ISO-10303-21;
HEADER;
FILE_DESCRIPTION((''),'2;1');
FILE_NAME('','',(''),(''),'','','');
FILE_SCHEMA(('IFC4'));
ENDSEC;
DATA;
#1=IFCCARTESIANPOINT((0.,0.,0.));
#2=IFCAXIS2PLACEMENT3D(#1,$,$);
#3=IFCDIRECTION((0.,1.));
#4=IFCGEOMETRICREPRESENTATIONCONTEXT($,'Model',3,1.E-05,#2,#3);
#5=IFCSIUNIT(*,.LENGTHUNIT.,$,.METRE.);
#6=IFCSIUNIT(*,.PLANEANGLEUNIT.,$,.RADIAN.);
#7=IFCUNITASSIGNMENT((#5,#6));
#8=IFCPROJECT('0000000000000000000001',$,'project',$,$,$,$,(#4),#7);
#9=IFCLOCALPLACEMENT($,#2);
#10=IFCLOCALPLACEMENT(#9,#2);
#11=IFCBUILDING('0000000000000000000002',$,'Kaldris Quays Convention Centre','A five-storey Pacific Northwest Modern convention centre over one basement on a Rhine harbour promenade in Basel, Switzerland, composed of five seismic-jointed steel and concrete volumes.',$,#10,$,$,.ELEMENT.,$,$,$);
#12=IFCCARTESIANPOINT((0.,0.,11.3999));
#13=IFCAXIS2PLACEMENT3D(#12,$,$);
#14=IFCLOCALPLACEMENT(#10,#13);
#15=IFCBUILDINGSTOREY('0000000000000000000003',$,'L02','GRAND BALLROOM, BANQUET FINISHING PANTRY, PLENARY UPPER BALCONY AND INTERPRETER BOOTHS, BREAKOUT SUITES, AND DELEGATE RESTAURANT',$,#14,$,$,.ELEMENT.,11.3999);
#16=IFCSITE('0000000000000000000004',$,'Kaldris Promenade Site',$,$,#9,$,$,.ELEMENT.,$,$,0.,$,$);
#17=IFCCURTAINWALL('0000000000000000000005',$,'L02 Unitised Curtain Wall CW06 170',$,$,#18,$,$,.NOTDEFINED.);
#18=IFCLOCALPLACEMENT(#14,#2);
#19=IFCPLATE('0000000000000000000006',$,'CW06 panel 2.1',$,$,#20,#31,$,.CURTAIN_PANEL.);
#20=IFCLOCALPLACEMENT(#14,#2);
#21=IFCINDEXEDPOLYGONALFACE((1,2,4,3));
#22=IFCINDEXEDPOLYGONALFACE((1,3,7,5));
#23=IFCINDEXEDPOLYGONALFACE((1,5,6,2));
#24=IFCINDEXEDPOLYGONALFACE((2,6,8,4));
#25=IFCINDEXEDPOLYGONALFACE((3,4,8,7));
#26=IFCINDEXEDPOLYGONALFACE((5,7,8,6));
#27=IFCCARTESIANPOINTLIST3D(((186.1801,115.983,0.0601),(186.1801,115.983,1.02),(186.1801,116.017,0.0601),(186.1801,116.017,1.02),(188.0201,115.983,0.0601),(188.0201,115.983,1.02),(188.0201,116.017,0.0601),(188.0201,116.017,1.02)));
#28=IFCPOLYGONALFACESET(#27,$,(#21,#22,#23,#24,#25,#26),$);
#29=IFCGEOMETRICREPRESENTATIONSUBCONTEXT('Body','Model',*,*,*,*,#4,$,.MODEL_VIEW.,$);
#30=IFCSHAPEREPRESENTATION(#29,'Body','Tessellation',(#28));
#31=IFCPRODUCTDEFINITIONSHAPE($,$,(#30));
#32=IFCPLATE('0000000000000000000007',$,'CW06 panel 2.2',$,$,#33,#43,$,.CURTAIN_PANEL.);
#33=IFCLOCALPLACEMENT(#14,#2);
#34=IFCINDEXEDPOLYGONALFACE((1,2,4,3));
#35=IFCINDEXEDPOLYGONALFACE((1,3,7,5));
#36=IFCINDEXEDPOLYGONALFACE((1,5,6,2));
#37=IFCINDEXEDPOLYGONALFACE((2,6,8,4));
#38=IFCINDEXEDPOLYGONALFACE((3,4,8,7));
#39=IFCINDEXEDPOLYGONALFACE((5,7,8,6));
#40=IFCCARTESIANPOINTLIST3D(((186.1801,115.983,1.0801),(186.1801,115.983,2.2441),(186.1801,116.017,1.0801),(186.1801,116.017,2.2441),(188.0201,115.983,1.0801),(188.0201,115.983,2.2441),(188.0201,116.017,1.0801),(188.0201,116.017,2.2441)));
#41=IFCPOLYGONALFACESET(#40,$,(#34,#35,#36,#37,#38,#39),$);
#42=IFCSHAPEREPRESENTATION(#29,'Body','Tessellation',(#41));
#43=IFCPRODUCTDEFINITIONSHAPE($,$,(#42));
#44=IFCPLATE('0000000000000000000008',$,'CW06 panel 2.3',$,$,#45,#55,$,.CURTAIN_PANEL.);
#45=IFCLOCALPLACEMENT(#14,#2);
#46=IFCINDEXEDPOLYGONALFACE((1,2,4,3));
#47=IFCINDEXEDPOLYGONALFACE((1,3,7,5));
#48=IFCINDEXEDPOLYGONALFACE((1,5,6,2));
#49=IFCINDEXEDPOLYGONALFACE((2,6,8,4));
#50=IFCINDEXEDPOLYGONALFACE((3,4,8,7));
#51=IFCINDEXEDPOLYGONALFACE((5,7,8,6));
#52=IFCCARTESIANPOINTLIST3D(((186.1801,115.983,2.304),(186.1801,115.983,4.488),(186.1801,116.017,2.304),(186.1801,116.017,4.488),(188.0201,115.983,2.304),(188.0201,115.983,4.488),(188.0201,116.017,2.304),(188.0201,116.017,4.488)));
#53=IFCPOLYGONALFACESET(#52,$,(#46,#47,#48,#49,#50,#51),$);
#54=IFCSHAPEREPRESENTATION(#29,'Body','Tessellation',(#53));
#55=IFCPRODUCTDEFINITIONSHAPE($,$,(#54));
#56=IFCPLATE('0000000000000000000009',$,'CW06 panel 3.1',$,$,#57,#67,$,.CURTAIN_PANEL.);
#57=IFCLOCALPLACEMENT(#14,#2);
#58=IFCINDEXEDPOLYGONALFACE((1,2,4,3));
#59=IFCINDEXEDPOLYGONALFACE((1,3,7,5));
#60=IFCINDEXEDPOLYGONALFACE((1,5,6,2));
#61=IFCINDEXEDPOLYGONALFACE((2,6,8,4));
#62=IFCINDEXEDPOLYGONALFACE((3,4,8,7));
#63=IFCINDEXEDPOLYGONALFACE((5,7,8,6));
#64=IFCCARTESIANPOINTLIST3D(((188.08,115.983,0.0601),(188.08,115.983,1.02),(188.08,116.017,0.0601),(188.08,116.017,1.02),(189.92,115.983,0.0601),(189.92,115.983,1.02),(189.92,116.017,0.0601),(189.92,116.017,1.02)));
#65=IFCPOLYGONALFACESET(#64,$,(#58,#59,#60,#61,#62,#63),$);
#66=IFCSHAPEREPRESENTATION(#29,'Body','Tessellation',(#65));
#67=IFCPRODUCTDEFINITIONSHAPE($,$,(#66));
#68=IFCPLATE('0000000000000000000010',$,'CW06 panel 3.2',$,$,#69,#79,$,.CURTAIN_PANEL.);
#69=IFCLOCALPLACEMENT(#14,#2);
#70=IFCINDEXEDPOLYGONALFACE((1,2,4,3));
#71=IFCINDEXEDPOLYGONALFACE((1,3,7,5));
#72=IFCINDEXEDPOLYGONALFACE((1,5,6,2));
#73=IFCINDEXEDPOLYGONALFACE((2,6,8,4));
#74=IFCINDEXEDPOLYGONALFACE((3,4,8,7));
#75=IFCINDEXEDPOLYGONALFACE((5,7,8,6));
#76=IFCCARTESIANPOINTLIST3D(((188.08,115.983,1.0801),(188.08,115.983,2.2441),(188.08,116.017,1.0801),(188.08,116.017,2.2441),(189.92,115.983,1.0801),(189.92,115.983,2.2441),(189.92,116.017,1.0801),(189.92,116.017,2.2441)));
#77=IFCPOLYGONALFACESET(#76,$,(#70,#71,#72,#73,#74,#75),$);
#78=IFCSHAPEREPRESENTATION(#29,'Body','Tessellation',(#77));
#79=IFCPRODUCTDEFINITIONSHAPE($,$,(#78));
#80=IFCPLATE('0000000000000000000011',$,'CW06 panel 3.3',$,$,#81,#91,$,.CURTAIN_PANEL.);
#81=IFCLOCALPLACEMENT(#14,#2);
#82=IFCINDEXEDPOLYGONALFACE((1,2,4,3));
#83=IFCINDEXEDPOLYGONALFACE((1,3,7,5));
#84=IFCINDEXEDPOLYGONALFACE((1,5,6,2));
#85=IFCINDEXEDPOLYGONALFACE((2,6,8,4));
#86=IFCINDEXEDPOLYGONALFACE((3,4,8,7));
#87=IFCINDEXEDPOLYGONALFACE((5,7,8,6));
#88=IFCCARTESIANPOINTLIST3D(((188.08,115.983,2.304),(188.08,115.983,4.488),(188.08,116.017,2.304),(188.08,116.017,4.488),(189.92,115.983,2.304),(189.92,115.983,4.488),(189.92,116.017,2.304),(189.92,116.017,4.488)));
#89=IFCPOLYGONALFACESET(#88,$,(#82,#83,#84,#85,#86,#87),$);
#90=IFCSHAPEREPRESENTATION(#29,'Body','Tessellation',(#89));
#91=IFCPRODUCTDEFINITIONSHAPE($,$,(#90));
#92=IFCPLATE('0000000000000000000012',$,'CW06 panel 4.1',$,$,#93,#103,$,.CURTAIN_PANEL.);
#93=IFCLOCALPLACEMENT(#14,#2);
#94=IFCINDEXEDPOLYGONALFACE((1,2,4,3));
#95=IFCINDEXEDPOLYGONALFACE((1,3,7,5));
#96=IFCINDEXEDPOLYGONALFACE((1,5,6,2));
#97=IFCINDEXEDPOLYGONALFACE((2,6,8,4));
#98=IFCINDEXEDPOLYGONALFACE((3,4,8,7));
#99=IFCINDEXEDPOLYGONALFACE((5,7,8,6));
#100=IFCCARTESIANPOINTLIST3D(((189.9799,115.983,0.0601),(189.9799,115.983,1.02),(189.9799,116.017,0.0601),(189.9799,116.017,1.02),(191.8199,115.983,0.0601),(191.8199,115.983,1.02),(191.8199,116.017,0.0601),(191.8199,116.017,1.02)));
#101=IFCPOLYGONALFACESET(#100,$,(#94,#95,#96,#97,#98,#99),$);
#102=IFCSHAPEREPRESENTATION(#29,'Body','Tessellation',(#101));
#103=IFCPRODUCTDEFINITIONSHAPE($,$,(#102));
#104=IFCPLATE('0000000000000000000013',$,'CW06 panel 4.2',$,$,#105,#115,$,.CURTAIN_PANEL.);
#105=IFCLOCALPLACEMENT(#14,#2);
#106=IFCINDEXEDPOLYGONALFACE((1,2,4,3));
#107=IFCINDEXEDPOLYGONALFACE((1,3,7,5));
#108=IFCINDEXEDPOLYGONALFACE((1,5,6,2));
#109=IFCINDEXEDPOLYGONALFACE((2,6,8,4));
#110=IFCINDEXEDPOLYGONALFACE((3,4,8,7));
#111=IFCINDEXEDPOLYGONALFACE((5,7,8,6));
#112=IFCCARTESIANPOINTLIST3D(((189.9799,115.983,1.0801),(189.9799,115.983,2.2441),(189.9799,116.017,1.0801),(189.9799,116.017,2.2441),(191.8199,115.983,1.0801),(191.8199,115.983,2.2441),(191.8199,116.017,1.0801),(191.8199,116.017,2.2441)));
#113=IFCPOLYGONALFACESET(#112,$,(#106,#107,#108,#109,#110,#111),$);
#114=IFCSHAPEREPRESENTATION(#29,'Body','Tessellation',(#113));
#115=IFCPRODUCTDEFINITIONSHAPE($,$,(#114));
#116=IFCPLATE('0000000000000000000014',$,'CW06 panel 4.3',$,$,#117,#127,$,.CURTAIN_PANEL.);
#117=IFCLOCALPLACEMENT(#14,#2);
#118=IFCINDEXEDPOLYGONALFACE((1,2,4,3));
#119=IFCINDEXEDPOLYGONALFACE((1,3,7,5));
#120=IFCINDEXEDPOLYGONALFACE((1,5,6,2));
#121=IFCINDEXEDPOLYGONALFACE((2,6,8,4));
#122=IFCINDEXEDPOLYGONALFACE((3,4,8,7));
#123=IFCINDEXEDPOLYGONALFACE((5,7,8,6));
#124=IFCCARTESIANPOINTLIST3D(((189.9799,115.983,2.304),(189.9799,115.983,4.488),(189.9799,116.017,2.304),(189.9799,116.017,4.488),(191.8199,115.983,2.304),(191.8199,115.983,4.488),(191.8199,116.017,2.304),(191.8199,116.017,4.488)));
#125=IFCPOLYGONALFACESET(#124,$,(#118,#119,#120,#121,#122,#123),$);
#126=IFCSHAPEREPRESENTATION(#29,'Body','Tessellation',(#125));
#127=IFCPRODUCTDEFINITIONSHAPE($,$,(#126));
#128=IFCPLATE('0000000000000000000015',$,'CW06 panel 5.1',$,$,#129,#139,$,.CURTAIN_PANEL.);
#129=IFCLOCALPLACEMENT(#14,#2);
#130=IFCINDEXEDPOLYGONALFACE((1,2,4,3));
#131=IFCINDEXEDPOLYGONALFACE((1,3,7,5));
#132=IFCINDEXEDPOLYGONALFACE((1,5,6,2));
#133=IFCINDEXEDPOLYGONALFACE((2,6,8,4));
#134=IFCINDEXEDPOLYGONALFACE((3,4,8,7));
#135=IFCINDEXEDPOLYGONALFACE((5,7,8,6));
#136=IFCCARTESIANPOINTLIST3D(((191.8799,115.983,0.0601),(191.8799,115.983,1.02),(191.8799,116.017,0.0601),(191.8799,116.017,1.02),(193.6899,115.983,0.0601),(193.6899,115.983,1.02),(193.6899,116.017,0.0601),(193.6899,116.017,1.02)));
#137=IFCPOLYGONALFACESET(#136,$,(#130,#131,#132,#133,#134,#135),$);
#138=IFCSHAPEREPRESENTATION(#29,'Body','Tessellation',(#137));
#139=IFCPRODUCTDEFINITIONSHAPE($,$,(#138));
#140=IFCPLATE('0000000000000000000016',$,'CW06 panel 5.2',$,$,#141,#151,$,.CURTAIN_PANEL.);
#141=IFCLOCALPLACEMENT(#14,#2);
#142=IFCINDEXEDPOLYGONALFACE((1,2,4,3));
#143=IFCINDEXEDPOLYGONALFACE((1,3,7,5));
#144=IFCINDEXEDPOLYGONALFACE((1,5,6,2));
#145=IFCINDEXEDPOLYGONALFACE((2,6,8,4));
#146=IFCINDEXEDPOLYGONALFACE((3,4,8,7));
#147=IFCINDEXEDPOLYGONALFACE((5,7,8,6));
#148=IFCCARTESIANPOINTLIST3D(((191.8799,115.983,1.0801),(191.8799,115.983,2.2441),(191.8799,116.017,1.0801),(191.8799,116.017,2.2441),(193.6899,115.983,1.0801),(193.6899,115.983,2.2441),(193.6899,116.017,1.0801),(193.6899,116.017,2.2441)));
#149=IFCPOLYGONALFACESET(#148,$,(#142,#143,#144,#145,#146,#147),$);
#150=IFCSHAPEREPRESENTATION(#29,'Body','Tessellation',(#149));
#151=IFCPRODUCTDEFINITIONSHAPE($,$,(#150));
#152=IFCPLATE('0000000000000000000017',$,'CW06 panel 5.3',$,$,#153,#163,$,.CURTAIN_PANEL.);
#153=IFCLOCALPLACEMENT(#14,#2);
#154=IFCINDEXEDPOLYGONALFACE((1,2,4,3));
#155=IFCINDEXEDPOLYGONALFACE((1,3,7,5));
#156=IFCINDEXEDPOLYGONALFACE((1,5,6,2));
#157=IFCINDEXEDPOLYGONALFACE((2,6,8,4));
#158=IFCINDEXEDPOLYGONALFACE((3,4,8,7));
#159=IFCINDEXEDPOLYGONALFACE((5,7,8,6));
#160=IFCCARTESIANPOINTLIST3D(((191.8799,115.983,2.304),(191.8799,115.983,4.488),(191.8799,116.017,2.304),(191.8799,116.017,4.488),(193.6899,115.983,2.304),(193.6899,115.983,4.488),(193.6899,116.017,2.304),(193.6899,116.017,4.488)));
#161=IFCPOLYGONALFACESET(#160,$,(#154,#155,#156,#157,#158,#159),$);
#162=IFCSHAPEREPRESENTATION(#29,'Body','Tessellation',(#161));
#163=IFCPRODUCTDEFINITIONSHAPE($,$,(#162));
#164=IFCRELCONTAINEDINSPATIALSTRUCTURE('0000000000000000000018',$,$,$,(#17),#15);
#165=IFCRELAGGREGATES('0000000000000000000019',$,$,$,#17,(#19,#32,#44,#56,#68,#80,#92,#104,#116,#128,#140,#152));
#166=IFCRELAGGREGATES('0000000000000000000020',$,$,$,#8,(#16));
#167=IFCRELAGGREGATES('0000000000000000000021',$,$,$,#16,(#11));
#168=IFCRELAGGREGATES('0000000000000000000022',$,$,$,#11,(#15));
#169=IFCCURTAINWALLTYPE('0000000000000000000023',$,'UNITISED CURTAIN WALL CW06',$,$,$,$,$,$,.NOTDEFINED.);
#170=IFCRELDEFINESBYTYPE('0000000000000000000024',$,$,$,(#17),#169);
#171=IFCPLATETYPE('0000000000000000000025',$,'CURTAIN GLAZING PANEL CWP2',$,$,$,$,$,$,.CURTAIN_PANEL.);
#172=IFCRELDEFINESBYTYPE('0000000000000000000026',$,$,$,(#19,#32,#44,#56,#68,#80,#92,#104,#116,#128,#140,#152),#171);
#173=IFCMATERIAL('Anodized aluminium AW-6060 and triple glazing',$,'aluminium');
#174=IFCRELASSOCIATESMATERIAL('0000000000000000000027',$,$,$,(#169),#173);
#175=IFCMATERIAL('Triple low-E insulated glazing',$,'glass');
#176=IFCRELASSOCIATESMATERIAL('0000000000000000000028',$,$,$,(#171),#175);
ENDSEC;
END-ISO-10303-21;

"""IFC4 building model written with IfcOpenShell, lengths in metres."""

from ifc_helpers import new_model, si_unit, direction, frame, origin, origin_2d, place, context, subcontext, project, spatial, rectangle, extrude, material, type_object, element, aggregate, save


model = new_model("IFC4")

# Units and contexts
model_context = context("Model", 3, precision=1e-05, world=origin(), true_north=direction((0.0, 1.0)))
body_context = subcontext(model_context, "Body", "Model", "MODEL_VIEW")
ifc_project = project(units=[si_unit("LENGTHUNIT", "METRE"), si_unit("PLANEANGLEUNIT", "RADIAN")], contexts=[model_context])

# Site, building, storey
site_placement = place(None, origin())
site = spatial("IfcSite", under=ifc_project, at=site_placement, Name="Kaldris Promenade Site", CompositionType="ELEMENT", RefElevation=0.0)
building_placement = place(site_placement, origin())
building = spatial("IfcBuilding", under=site, at=building_placement, Name="Kaldris Quays Convention Centre", Description="A five-storey Pacific Northwest Modern convention centre over one basement on a Rhine harbour promenade in Basel, Switzerland, composed of five seismic-jointed steel and concrete volumes.", CompositionType="ELEMENT")
storey_placement = place(building_placement, frame((0.0, 0.0, 11.3999)))
storey = spatial("IfcBuildingStorey", under=building, at=storey_placement, Name="L02", Description="GRAND BALLROOM, BANQUET FINISHING PANTRY, PLENARY UPPER BALCONY AND INTERPRETER BOOTHS, BREAKOUT SUITES, AND DELEGATE RESTAURANT", CompositionType="ELEMENT", Elevation=11.3999)

# Curtain wall, plates
ifc_material_1 = material(Name="Anodized aluminium AW-6060 and triple glazing", Category="aluminium")
curtain_wall_type = type_object("IfcCurtainWallType", Name="UNITISED CURTAIN WALL CW06", PredefinedType="NOTDEFINED", material=ifc_material_1)
curtain_wall_placement = place(storey_placement, origin())
curtain_wall = element("IfcCurtainWall", 1, at=curtain_wall_placement, inside=storey, type_object=curtain_wall_type, Name="L02 Unitised Curtain Wall CW06 170", PredefinedType="NOTDEFINED")
ifc_material_2 = material(Name="Triple low-E insulated glazing", Category="glass")
plate_type = type_object("IfcPlateType", Name="CURTAIN GLAZING PANEL CWP2", PredefinedType="CURTAIN_PANEL", material=ifc_material_2)
plate_1_placement = place(storey_placement, frame((187.1001, 116.0, 0.0601), z_axis=(0.0, 0.0, 1.0), x_axis=(1.0, 0.0, 0.0)))
plate_1 = element("IfcPlate", 2, at=plate_1_placement, type_object=plate_type, Name="CW06 panel 2.1", PredefinedType="CURTAIN_PANEL", context=body_context, shape_type="SweptSolid", body=[
    extrude(rectangle(XDim=1.8401, YDim=0.0339, at=origin_2d()), origin(), (0.0, 0.0, 1.0), 0.96),
])
plate_2_placement = place(storey_placement, frame((187.1001, 116.0, 1.0801), z_axis=(0.0, 0.0, 1.0), x_axis=(1.0, 0.0, 0.0)))
plate_2 = element("IfcPlate", 3, at=plate_2_placement, type_object=plate_type, Name="CW06 panel 2.2", PredefinedType="CURTAIN_PANEL", context=body_context, shape_type="SweptSolid", body=[
    extrude(rectangle(XDim=1.8401, YDim=0.0339, at=origin_2d()), origin(), (0.0, 0.0, 1.0), 1.1641),
])
plate_3_placement = place(storey_placement, frame((187.1001, 116.0, 2.304), z_axis=(0.0, 0.0, 1.0), x_axis=(1.0, 0.0, 0.0)))
plate_3 = element("IfcPlate", 4, at=plate_3_placement, type_object=plate_type, Name="CW06 panel 2.3", PredefinedType="CURTAIN_PANEL", context=body_context, shape_type="SweptSolid", body=[
    extrude(rectangle(XDim=1.8401, YDim=0.0339, at=origin_2d()), origin(), (0.0, 0.0, 1.0), 2.1841),
])
plate_4_placement = place(storey_placement, frame((189.0, 116.0, 0.0601), z_axis=(0.0, 0.0, 1.0), x_axis=(1.0, 0.0, 0.0)))
plate_4 = element("IfcPlate", 5, at=plate_4_placement, type_object=plate_type, Name="CW06 panel 3.1", PredefinedType="CURTAIN_PANEL", context=body_context, shape_type="SweptSolid", body=[
    extrude(rectangle(XDim=1.8401, YDim=0.0339, at=origin_2d()), origin(), (0.0, 0.0, 1.0), 0.96),
])
plate_5_placement = place(storey_placement, frame((189.0, 116.0, 1.0801), z_axis=(0.0, 0.0, 1.0), x_axis=(1.0, 0.0, 0.0)))
plate_5 = element("IfcPlate", 6, at=plate_5_placement, type_object=plate_type, Name="CW06 panel 3.2", PredefinedType="CURTAIN_PANEL", context=body_context, shape_type="SweptSolid", body=[
    extrude(rectangle(XDim=1.8401, YDim=0.0339, at=origin_2d()), origin(), (0.0, 0.0, 1.0), 1.1641),
])
plate_6_placement = place(storey_placement, frame((189.0, 116.0, 2.304), z_axis=(0.0, 0.0, 1.0), x_axis=(1.0, 0.0, 0.0)))
plate_6 = element("IfcPlate", 7, at=plate_6_placement, type_object=plate_type, Name="CW06 panel 3.3", PredefinedType="CURTAIN_PANEL", context=body_context, shape_type="SweptSolid", body=[
    extrude(rectangle(XDim=1.8401, YDim=0.0339, at=origin_2d()), origin(), (0.0, 0.0, 1.0), 2.1841),
])
plate_7_placement = place(storey_placement, frame((190.8999, 116.0, 0.0601), z_axis=(0.0, 0.0, 1.0), x_axis=(1.0, 0.0, 0.0)))
plate_7 = element("IfcPlate", 8, at=plate_7_placement, type_object=plate_type, Name="CW06 panel 4.1", PredefinedType="CURTAIN_PANEL", context=body_context, shape_type="SweptSolid", body=[
    extrude(rectangle(XDim=1.8401, YDim=0.0339, at=origin_2d()), origin(), (0.0, 0.0, 1.0), 0.96),
])
plate_8_placement = place(storey_placement, frame((190.8999, 116.0, 1.0801), z_axis=(0.0, 0.0, 1.0), x_axis=(1.0, 0.0, 0.0)))
plate_8 = element("IfcPlate", 9, at=plate_8_placement, type_object=plate_type, Name="CW06 panel 4.2", PredefinedType="CURTAIN_PANEL", context=body_context, shape_type="SweptSolid", body=[
    extrude(rectangle(XDim=1.8401, YDim=0.0339, at=origin_2d()), origin(), (0.0, 0.0, 1.0), 1.1641),
])
plate_9_placement = place(storey_placement, frame((190.8999, 116.0, 2.304), z_axis=(0.0, 0.0, 1.0), x_axis=(1.0, 0.0, 0.0)))
plate_9 = element("IfcPlate", 10, at=plate_9_placement, type_object=plate_type, Name="CW06 panel 4.3", PredefinedType="CURTAIN_PANEL", context=body_context, shape_type="SweptSolid", body=[
    extrude(rectangle(XDim=1.8401, YDim=0.0339, at=origin_2d()), origin(), (0.0, 0.0, 1.0), 2.1841),
])
plate_10_placement = place(storey_placement, frame((192.7849, 116.0, 0.0601), z_axis=(0.0, 0.0, 1.0), x_axis=(1.0, 0.0, 0.0)))
plate_10 = element("IfcPlate", 11, at=plate_10_placement, type_object=plate_type, Name="CW06 panel 5.1", PredefinedType="CURTAIN_PANEL", context=body_context, shape_type="SweptSolid", body=[
    extrude(rectangle(XDim=1.8101, YDim=0.0339, at=origin_2d()), origin(), (0.0, 0.0, 1.0), 0.96),
])
plate_11_placement = place(storey_placement, frame((192.7849, 116.0, 1.0801), z_axis=(0.0, 0.0, 1.0), x_axis=(1.0, 0.0, 0.0)))
plate_11 = element("IfcPlate", 12, at=plate_11_placement, type_object=plate_type, Name="CW06 panel 5.2", PredefinedType="CURTAIN_PANEL", context=body_context, shape_type="SweptSolid", body=[
    extrude(rectangle(XDim=1.8101, YDim=0.0339, at=origin_2d()), origin(), (0.0, 0.0, 1.0), 1.1641),
])
plate_12_placement = place(storey_placement, frame((192.7849, 116.0, 2.304), z_axis=(0.0, 0.0, 1.0), x_axis=(1.0, 0.0, 0.0)))
plate_12 = element("IfcPlate", 13, at=plate_12_placement, type_object=plate_type, Name="CW06 panel 5.3", PredefinedType="CURTAIN_PANEL", context=body_context, shape_type="SweptSolid", body=[
    extrude(rectangle(XDim=1.8101, YDim=0.0339, at=origin_2d()), origin(), (0.0, 0.0, 1.0), 2.1841),
])
aggregate(curtain_wall, [plate_1, plate_2, plate_3, plate_4, plate_5, plate_6, plate_7, plate_8, plate_9, plate_10, plate_11, plate_12])

save(model, "model.ifc")
